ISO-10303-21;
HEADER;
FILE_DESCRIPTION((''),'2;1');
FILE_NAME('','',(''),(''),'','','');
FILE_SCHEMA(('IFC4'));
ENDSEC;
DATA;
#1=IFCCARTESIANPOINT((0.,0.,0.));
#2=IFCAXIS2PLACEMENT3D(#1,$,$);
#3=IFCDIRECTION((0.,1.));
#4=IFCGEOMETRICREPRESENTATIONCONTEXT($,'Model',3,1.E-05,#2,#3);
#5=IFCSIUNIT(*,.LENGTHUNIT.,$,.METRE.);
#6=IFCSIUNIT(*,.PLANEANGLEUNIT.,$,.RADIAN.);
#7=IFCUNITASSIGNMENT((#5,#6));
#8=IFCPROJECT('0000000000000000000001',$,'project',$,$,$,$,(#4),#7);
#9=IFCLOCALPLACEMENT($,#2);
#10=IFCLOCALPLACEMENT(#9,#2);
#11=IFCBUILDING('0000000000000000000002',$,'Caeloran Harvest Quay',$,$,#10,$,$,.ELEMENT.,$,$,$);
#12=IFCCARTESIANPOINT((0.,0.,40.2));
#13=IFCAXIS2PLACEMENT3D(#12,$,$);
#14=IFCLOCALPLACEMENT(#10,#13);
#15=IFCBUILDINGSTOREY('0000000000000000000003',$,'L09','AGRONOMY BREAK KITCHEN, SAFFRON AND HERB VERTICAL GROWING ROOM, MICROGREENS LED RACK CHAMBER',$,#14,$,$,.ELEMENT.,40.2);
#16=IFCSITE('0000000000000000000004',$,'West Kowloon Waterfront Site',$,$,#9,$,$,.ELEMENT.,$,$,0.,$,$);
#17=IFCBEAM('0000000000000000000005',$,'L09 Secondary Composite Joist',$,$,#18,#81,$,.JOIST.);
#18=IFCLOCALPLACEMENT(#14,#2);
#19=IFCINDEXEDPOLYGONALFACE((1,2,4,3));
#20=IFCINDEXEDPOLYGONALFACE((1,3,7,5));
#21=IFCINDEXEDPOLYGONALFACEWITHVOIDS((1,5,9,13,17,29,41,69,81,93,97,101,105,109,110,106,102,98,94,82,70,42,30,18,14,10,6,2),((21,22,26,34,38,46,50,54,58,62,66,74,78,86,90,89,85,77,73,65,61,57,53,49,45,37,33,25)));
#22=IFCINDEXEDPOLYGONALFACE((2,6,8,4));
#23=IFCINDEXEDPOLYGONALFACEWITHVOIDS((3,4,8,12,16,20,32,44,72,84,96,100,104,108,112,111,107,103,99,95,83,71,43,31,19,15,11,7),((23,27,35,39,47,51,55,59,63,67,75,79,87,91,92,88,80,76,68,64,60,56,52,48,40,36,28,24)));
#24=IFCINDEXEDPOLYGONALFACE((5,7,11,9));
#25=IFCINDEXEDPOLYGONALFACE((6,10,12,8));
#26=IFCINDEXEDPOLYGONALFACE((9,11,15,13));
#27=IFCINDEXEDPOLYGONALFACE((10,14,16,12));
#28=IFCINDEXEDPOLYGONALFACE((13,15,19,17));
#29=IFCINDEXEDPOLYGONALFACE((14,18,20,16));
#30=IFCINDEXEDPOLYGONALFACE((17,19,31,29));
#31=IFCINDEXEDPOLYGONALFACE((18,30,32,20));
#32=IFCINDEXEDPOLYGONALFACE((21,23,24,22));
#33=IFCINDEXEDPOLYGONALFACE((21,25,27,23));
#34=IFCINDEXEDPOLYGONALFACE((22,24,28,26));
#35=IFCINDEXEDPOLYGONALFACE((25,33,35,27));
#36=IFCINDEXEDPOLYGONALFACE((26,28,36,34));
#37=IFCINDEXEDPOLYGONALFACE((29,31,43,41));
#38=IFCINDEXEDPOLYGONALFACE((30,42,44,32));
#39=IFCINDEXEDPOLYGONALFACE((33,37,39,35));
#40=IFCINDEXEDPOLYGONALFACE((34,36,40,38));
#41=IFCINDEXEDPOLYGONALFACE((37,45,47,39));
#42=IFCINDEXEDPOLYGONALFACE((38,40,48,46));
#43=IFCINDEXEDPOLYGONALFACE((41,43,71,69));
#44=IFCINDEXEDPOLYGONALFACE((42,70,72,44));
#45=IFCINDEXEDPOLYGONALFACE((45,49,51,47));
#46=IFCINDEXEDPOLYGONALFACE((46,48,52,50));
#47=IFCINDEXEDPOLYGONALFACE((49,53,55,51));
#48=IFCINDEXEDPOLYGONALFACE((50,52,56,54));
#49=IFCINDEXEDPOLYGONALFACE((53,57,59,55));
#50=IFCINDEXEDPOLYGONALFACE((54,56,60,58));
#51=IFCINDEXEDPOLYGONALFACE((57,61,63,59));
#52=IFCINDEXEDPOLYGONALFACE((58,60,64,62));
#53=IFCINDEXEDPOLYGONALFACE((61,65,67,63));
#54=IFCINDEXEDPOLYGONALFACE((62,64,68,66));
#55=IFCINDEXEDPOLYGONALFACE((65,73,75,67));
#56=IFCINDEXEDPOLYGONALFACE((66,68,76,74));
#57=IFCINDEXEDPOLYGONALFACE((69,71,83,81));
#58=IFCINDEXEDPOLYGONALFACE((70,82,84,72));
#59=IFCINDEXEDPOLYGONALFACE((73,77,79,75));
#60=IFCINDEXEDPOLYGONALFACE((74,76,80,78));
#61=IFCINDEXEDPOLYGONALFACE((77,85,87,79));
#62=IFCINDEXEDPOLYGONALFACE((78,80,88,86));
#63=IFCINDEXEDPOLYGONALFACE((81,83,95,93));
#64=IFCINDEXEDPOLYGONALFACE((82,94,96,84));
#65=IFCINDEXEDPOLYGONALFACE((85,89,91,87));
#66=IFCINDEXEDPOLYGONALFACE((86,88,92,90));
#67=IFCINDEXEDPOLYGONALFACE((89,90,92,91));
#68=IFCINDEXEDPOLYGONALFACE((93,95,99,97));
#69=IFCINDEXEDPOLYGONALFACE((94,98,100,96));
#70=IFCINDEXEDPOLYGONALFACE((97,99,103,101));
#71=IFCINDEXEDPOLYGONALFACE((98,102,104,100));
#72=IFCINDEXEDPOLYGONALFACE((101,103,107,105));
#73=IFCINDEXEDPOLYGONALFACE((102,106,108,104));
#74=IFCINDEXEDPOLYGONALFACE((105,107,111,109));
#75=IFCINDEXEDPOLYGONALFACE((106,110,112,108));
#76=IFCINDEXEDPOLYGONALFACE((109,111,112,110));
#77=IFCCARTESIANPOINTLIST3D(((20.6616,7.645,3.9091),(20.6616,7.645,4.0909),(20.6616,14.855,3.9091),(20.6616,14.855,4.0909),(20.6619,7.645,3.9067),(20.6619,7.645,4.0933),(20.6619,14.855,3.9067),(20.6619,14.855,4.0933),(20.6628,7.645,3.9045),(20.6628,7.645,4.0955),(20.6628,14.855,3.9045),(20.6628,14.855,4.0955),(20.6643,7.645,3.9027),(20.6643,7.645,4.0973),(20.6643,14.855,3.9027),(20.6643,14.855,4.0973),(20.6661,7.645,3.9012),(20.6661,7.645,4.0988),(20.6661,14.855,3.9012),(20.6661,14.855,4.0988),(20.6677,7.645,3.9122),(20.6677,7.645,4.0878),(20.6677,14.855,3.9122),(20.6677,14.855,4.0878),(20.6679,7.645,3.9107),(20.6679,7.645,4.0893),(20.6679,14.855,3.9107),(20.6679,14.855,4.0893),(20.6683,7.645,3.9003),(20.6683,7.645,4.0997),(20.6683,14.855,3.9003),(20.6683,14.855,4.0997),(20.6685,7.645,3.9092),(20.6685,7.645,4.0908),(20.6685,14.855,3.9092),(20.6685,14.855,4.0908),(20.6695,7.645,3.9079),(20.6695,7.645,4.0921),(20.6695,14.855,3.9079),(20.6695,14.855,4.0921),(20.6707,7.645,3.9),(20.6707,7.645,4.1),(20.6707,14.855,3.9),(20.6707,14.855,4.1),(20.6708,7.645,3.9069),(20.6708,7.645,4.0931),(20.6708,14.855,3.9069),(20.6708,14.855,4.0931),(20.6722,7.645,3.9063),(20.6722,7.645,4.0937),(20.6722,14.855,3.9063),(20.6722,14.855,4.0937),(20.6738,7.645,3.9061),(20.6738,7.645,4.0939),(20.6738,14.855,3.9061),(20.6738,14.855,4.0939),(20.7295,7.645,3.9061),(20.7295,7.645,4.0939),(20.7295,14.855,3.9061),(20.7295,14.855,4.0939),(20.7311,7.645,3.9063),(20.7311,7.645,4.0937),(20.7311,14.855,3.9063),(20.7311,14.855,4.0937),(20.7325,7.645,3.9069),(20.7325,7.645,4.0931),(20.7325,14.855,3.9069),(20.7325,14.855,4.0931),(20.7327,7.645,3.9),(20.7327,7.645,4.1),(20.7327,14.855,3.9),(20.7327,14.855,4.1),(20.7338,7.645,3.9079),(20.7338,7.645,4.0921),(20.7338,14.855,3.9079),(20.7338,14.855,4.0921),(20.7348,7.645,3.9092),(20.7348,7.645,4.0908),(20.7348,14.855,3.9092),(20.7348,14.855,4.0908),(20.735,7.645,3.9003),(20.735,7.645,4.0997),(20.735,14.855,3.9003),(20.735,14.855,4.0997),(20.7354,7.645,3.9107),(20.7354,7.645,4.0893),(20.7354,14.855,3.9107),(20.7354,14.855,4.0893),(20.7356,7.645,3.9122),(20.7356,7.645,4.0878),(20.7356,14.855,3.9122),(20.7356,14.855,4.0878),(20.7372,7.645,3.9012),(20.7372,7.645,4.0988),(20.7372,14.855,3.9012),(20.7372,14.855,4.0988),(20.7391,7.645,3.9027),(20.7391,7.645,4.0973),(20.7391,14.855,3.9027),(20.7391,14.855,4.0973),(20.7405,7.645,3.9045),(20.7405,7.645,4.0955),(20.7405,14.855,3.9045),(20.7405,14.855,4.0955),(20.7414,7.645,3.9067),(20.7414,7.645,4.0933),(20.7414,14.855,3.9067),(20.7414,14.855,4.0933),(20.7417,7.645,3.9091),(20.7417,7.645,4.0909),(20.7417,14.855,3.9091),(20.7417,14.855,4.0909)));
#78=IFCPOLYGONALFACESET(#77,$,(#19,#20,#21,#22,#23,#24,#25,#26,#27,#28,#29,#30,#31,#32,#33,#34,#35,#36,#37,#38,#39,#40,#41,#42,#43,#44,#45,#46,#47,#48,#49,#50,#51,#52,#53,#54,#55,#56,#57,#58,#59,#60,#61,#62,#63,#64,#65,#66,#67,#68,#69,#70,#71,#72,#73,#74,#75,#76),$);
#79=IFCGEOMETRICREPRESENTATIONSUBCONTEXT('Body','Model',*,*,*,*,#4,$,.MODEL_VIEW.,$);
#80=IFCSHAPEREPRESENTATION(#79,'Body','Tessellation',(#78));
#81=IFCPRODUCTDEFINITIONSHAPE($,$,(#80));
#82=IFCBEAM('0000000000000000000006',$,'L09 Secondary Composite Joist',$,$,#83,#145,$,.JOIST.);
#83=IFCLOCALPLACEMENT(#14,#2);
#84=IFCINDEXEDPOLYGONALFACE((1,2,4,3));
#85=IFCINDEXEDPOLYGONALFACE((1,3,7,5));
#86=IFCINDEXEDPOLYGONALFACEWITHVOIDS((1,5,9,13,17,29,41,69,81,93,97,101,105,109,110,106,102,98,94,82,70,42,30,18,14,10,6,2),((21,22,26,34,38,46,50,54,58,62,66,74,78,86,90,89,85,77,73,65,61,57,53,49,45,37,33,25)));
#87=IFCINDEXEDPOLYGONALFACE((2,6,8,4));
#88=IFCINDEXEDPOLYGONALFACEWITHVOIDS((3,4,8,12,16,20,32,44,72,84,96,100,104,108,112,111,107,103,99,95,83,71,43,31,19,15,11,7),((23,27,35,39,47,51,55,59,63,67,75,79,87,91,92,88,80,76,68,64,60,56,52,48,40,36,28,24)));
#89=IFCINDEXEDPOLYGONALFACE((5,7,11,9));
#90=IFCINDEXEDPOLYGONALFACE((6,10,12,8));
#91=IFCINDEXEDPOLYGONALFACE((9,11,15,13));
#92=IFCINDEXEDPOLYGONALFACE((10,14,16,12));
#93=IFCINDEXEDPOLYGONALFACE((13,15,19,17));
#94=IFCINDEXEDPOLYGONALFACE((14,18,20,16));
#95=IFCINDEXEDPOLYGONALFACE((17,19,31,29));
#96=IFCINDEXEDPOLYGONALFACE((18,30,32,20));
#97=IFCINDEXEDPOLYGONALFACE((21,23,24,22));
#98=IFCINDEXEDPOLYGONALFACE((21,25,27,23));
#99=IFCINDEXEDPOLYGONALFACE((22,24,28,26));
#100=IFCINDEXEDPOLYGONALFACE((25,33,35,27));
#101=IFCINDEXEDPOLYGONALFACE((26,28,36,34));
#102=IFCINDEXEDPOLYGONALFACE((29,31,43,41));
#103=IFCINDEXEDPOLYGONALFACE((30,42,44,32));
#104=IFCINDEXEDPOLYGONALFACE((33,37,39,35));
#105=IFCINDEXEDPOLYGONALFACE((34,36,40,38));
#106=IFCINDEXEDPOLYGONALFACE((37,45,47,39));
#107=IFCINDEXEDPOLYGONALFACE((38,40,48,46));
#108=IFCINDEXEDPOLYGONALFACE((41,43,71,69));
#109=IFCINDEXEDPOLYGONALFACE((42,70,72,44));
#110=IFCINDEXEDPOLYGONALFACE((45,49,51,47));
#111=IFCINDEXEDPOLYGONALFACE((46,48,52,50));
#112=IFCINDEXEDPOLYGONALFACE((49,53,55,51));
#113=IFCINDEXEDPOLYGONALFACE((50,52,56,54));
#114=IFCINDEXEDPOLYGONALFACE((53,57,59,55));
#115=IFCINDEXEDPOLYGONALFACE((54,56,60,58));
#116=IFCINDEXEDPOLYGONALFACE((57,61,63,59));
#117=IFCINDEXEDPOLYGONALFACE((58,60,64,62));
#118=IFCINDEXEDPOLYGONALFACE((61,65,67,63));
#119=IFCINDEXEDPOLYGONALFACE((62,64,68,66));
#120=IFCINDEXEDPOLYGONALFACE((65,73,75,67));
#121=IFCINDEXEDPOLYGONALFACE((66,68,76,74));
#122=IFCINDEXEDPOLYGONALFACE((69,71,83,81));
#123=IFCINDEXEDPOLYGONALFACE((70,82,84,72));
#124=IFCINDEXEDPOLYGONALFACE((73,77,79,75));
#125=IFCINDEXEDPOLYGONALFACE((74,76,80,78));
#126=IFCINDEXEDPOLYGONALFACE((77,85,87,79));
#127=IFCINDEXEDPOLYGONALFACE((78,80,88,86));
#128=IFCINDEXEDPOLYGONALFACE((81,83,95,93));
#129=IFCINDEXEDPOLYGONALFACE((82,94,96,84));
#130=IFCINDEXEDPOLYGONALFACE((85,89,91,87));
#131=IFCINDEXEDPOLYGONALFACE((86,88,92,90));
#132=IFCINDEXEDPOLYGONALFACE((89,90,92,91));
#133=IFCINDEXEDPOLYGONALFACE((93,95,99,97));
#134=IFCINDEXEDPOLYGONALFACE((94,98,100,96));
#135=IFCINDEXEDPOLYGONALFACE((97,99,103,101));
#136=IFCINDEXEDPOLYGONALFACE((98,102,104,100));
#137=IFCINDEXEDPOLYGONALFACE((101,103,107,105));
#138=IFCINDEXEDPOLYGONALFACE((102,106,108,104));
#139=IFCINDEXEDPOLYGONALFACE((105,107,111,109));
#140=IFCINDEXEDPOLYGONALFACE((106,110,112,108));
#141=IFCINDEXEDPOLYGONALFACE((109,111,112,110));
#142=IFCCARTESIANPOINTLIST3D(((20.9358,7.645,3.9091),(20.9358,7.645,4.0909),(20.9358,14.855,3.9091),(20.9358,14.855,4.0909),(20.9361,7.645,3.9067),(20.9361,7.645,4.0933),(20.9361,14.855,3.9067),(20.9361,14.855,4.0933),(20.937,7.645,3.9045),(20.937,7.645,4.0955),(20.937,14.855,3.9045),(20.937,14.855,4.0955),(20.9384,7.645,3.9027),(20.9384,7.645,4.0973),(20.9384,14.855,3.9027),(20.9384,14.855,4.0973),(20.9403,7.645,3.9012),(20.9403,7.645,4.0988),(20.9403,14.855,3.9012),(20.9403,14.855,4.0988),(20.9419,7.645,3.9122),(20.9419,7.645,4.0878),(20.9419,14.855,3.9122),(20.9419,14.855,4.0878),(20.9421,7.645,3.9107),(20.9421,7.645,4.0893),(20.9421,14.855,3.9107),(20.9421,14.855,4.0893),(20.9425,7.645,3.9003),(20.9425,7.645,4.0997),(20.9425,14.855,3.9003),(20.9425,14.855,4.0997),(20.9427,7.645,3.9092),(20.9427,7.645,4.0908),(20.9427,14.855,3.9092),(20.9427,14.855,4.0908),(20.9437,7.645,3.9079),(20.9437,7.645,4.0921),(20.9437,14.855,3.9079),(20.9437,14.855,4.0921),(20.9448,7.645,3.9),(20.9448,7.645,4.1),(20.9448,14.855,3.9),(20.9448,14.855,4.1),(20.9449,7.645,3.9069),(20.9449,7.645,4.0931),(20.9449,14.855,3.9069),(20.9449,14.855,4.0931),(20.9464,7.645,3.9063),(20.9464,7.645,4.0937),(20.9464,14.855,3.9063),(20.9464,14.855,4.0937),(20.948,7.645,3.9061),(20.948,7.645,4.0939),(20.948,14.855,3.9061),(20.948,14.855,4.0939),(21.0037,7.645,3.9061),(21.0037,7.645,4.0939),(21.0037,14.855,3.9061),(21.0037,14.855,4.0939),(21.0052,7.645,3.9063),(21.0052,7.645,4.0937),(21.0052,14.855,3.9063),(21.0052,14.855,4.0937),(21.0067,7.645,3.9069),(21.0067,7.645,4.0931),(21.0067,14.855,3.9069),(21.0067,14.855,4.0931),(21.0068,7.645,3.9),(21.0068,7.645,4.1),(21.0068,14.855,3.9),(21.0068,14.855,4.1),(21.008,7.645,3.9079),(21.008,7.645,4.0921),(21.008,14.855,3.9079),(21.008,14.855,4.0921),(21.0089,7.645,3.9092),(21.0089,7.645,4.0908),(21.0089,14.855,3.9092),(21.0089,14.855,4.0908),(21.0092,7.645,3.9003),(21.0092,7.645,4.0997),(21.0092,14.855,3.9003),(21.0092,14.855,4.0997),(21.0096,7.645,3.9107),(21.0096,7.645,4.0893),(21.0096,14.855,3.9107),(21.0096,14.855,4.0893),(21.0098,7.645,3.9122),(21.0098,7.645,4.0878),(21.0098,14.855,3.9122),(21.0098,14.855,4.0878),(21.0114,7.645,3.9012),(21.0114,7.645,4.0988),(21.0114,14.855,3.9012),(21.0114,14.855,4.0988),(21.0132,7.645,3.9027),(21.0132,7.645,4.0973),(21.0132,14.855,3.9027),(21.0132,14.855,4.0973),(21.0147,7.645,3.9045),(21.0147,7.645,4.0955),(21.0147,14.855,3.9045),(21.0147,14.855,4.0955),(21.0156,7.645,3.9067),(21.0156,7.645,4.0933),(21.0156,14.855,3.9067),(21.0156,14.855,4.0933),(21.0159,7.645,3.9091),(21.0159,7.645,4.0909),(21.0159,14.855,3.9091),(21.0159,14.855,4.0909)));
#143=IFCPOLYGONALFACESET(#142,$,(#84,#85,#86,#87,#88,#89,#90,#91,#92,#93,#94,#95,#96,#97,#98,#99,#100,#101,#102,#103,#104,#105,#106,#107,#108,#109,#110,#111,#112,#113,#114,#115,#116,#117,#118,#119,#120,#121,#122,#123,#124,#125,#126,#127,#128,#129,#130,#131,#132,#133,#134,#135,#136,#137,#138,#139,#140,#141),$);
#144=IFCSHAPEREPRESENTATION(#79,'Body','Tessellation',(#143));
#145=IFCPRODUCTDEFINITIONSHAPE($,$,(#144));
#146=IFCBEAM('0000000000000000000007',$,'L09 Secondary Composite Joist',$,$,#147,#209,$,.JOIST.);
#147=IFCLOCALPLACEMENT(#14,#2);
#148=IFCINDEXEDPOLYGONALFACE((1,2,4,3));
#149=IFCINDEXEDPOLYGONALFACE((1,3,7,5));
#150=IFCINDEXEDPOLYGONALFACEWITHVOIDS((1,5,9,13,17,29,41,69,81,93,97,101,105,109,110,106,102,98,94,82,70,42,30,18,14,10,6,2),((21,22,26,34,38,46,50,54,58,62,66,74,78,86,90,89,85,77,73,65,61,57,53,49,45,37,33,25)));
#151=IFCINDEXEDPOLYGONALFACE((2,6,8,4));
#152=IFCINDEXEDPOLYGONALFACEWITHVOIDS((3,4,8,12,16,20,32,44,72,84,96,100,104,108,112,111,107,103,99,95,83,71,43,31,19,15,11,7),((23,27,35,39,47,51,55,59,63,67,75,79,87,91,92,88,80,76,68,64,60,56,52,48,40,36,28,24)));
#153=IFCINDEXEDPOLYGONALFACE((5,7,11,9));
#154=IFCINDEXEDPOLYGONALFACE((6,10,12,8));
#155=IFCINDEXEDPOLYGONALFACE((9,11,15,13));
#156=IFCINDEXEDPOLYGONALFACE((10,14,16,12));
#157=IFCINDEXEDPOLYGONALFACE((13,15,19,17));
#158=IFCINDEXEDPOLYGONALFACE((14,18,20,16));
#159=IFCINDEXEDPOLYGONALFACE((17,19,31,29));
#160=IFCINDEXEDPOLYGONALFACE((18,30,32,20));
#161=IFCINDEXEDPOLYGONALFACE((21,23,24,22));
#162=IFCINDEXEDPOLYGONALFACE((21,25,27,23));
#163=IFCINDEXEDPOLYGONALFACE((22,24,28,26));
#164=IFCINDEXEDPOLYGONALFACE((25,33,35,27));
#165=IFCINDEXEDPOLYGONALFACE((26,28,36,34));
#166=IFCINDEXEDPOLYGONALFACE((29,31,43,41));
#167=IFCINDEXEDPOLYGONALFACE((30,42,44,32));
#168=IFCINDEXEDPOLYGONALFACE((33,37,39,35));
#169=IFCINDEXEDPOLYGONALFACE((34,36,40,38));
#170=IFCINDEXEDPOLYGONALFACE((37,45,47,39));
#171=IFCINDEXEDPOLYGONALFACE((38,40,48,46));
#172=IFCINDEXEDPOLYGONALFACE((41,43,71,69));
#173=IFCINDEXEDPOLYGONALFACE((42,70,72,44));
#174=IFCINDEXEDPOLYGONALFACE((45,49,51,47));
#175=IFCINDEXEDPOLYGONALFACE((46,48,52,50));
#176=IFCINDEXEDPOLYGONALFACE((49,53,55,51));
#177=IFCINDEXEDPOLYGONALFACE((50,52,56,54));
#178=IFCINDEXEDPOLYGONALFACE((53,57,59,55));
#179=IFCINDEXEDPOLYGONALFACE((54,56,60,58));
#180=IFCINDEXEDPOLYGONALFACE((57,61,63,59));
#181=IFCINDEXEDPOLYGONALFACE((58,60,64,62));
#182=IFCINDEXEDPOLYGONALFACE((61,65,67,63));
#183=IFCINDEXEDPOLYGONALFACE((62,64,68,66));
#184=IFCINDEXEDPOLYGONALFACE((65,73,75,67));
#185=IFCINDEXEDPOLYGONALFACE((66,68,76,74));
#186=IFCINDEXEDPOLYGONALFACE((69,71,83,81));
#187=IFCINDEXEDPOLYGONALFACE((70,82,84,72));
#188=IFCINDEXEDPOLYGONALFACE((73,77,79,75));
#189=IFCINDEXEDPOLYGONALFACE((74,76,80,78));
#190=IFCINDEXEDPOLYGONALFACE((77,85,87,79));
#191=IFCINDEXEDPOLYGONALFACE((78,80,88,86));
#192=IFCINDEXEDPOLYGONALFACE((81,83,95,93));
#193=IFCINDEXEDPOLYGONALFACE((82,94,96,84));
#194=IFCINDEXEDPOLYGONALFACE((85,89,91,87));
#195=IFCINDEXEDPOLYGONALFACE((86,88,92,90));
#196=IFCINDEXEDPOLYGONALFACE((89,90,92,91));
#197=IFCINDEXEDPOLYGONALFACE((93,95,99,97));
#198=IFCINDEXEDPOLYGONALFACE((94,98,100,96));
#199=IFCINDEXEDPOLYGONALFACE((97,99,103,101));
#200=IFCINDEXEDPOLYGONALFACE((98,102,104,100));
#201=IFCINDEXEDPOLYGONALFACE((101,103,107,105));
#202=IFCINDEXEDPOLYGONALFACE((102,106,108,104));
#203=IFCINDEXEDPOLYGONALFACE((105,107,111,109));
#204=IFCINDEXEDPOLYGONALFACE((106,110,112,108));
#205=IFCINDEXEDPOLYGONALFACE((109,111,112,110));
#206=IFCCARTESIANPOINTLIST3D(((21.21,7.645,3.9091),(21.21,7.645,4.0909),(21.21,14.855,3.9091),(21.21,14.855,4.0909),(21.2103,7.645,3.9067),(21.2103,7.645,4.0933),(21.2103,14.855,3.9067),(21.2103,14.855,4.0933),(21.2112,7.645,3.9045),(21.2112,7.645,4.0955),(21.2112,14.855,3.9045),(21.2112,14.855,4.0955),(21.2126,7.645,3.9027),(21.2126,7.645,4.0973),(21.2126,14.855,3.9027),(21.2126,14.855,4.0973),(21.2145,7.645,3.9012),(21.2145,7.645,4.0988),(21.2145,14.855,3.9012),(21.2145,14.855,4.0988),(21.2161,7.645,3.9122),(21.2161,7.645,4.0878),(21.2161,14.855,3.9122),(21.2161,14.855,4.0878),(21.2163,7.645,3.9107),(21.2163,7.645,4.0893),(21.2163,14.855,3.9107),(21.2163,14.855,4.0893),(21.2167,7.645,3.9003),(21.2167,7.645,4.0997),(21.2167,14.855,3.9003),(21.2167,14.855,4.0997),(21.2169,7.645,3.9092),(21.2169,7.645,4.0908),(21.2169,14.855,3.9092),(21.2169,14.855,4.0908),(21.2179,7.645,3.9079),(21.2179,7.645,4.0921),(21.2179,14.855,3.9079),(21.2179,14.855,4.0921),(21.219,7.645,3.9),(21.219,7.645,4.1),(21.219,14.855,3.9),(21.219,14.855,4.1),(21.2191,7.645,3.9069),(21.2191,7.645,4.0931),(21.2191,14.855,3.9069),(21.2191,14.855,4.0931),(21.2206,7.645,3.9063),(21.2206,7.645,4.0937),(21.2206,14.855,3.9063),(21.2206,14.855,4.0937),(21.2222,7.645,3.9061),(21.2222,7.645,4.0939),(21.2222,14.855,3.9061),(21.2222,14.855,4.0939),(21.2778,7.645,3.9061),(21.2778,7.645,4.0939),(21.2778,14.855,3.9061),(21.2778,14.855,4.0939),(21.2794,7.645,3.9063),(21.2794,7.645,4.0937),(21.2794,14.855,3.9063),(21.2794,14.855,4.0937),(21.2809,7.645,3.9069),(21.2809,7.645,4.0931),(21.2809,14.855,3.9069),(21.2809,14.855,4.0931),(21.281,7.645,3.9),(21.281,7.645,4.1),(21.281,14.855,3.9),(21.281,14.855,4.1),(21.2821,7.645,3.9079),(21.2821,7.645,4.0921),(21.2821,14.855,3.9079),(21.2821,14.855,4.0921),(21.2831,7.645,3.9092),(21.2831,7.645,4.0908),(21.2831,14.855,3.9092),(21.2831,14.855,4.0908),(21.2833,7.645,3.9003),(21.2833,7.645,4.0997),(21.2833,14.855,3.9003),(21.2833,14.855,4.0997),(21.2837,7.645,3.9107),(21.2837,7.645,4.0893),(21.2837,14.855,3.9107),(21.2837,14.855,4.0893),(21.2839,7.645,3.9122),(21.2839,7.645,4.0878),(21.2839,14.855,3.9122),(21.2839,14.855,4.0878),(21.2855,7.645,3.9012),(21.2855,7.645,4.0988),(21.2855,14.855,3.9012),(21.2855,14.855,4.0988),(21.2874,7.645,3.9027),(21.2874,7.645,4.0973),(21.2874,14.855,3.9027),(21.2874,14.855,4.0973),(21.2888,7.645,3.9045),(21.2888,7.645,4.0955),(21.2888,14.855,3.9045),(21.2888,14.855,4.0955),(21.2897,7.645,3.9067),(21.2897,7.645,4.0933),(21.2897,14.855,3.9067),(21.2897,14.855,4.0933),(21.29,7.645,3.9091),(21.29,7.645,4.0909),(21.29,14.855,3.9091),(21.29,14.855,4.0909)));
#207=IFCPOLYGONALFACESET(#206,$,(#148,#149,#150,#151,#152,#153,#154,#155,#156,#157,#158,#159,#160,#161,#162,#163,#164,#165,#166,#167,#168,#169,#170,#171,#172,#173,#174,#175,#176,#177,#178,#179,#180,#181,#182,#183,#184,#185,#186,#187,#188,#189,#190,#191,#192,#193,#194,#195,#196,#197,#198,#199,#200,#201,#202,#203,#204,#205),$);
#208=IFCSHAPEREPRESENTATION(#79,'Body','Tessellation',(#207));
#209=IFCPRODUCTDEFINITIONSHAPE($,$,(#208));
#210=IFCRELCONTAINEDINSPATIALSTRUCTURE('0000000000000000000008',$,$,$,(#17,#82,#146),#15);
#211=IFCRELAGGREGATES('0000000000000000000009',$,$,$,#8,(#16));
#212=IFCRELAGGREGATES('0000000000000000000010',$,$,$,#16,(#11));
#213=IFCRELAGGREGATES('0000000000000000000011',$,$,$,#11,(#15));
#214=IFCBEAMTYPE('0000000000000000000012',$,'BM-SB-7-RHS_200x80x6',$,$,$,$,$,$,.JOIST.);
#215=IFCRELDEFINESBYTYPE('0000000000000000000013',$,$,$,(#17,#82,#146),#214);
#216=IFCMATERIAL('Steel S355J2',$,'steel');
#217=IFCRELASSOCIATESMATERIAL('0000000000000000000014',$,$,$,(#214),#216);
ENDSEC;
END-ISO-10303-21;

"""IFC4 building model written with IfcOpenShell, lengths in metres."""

from ifc_helpers import new_model, si_unit, direction, frame, origin, origin_2d, place, context, subcontext, project, spatial, hollow_rectangle, extrude, material, material_profile, profile_set, type_object, element, save


model = new_model("IFC4")

# Units and contexts
model_context = context("Model", 3, precision=1e-05, world=origin(), true_north=direction((0.0, 1.0)))
body_context = subcontext(model_context, "Body", "Model", "MODEL_VIEW")
ifc_project = project(units=[si_unit("LENGTHUNIT", "METRE"), si_unit("PLANEANGLEUNIT", "RADIAN")], contexts=[model_context])

# Site, building, storey
site_placement = place(None, origin())
site = spatial("IfcSite", under=ifc_project, at=site_placement, Name="West Kowloon Waterfront Site", CompositionType="ELEMENT", RefElevation=0.0)
building_placement = place(site_placement, origin())
building = spatial("IfcBuilding", under=site, at=building_placement, Name="Caeloran Harvest Quay", CompositionType="ELEMENT")
storey_placement = place(building_placement, frame((0.0, 0.0, 40.2)))
storey = spatial("IfcBuildingStorey", under=building, at=storey_placement, Name="L09", Description="AGRONOMY BREAK KITCHEN, SAFFRON AND HERB VERTICAL GROWING ROOM, MICROGREENS LED RACK CHAMBER", CompositionType="ELEMENT", Elevation=40.2)

# Beams
ifc_material_1 = material(Name="Steel S355J2", Category="steel")
ifc_material_profile_1 = material_profile(ifc_material_1, hollow_rectangle(XDim=0.0801, YDim=0.2, WallThickness=0.0061, InnerFilletRadius=0.0061, OuterFilletRadius=0.009, at=origin_2d()), Name="RHS 200x80x6")
ifc_profile_set_1 = profile_set([ifc_material_profile_1], Name="Steel S355J2")
beam_type_1 = type_object("IfcBeamType", Name="BM-SB-7-RHS_200x80x6", PredefinedType="JOIST", material=ifc_profile_set_1)
for number, where, z_axis, x_axis, name in (
    (1, (20.7017, 7.645, 4.0), (0.0, 1.0, 0.0), (-1.0, 0.0, 0.0), "L09 Secondary Composite Joist"),
    (2, (20.9758, 7.645, 4.0), (0.0, 1.0, 0.0), (-1.0, 0.0, 0.0), "L09 Secondary Composite Joist"),
    (3, (21.25, 7.645, 4.0), (0.0, 1.0, 0.0), (-1.0, 0.0, 0.0), "L09 Secondary Composite Joist"),
):
    element("IfcBeam", number, at=place(storey_placement, frame(where, z_axis=z_axis, x_axis=x_axis)), inside=storey, type_object=beam_type_1, Name=name, PredefinedType="JOIST", context=body_context, shape_type="SweptSolid", body=[
        extrude(hollow_rectangle(XDim=0.0801, YDim=0.2, WallThickness=0.0061, InnerFilletRadius=0.0061, OuterFilletRadius=0.009, at=origin_2d()), origin(), (0.0, 0.0, 1.0), 7.21),
    ])

save(model, "model.ifc")
